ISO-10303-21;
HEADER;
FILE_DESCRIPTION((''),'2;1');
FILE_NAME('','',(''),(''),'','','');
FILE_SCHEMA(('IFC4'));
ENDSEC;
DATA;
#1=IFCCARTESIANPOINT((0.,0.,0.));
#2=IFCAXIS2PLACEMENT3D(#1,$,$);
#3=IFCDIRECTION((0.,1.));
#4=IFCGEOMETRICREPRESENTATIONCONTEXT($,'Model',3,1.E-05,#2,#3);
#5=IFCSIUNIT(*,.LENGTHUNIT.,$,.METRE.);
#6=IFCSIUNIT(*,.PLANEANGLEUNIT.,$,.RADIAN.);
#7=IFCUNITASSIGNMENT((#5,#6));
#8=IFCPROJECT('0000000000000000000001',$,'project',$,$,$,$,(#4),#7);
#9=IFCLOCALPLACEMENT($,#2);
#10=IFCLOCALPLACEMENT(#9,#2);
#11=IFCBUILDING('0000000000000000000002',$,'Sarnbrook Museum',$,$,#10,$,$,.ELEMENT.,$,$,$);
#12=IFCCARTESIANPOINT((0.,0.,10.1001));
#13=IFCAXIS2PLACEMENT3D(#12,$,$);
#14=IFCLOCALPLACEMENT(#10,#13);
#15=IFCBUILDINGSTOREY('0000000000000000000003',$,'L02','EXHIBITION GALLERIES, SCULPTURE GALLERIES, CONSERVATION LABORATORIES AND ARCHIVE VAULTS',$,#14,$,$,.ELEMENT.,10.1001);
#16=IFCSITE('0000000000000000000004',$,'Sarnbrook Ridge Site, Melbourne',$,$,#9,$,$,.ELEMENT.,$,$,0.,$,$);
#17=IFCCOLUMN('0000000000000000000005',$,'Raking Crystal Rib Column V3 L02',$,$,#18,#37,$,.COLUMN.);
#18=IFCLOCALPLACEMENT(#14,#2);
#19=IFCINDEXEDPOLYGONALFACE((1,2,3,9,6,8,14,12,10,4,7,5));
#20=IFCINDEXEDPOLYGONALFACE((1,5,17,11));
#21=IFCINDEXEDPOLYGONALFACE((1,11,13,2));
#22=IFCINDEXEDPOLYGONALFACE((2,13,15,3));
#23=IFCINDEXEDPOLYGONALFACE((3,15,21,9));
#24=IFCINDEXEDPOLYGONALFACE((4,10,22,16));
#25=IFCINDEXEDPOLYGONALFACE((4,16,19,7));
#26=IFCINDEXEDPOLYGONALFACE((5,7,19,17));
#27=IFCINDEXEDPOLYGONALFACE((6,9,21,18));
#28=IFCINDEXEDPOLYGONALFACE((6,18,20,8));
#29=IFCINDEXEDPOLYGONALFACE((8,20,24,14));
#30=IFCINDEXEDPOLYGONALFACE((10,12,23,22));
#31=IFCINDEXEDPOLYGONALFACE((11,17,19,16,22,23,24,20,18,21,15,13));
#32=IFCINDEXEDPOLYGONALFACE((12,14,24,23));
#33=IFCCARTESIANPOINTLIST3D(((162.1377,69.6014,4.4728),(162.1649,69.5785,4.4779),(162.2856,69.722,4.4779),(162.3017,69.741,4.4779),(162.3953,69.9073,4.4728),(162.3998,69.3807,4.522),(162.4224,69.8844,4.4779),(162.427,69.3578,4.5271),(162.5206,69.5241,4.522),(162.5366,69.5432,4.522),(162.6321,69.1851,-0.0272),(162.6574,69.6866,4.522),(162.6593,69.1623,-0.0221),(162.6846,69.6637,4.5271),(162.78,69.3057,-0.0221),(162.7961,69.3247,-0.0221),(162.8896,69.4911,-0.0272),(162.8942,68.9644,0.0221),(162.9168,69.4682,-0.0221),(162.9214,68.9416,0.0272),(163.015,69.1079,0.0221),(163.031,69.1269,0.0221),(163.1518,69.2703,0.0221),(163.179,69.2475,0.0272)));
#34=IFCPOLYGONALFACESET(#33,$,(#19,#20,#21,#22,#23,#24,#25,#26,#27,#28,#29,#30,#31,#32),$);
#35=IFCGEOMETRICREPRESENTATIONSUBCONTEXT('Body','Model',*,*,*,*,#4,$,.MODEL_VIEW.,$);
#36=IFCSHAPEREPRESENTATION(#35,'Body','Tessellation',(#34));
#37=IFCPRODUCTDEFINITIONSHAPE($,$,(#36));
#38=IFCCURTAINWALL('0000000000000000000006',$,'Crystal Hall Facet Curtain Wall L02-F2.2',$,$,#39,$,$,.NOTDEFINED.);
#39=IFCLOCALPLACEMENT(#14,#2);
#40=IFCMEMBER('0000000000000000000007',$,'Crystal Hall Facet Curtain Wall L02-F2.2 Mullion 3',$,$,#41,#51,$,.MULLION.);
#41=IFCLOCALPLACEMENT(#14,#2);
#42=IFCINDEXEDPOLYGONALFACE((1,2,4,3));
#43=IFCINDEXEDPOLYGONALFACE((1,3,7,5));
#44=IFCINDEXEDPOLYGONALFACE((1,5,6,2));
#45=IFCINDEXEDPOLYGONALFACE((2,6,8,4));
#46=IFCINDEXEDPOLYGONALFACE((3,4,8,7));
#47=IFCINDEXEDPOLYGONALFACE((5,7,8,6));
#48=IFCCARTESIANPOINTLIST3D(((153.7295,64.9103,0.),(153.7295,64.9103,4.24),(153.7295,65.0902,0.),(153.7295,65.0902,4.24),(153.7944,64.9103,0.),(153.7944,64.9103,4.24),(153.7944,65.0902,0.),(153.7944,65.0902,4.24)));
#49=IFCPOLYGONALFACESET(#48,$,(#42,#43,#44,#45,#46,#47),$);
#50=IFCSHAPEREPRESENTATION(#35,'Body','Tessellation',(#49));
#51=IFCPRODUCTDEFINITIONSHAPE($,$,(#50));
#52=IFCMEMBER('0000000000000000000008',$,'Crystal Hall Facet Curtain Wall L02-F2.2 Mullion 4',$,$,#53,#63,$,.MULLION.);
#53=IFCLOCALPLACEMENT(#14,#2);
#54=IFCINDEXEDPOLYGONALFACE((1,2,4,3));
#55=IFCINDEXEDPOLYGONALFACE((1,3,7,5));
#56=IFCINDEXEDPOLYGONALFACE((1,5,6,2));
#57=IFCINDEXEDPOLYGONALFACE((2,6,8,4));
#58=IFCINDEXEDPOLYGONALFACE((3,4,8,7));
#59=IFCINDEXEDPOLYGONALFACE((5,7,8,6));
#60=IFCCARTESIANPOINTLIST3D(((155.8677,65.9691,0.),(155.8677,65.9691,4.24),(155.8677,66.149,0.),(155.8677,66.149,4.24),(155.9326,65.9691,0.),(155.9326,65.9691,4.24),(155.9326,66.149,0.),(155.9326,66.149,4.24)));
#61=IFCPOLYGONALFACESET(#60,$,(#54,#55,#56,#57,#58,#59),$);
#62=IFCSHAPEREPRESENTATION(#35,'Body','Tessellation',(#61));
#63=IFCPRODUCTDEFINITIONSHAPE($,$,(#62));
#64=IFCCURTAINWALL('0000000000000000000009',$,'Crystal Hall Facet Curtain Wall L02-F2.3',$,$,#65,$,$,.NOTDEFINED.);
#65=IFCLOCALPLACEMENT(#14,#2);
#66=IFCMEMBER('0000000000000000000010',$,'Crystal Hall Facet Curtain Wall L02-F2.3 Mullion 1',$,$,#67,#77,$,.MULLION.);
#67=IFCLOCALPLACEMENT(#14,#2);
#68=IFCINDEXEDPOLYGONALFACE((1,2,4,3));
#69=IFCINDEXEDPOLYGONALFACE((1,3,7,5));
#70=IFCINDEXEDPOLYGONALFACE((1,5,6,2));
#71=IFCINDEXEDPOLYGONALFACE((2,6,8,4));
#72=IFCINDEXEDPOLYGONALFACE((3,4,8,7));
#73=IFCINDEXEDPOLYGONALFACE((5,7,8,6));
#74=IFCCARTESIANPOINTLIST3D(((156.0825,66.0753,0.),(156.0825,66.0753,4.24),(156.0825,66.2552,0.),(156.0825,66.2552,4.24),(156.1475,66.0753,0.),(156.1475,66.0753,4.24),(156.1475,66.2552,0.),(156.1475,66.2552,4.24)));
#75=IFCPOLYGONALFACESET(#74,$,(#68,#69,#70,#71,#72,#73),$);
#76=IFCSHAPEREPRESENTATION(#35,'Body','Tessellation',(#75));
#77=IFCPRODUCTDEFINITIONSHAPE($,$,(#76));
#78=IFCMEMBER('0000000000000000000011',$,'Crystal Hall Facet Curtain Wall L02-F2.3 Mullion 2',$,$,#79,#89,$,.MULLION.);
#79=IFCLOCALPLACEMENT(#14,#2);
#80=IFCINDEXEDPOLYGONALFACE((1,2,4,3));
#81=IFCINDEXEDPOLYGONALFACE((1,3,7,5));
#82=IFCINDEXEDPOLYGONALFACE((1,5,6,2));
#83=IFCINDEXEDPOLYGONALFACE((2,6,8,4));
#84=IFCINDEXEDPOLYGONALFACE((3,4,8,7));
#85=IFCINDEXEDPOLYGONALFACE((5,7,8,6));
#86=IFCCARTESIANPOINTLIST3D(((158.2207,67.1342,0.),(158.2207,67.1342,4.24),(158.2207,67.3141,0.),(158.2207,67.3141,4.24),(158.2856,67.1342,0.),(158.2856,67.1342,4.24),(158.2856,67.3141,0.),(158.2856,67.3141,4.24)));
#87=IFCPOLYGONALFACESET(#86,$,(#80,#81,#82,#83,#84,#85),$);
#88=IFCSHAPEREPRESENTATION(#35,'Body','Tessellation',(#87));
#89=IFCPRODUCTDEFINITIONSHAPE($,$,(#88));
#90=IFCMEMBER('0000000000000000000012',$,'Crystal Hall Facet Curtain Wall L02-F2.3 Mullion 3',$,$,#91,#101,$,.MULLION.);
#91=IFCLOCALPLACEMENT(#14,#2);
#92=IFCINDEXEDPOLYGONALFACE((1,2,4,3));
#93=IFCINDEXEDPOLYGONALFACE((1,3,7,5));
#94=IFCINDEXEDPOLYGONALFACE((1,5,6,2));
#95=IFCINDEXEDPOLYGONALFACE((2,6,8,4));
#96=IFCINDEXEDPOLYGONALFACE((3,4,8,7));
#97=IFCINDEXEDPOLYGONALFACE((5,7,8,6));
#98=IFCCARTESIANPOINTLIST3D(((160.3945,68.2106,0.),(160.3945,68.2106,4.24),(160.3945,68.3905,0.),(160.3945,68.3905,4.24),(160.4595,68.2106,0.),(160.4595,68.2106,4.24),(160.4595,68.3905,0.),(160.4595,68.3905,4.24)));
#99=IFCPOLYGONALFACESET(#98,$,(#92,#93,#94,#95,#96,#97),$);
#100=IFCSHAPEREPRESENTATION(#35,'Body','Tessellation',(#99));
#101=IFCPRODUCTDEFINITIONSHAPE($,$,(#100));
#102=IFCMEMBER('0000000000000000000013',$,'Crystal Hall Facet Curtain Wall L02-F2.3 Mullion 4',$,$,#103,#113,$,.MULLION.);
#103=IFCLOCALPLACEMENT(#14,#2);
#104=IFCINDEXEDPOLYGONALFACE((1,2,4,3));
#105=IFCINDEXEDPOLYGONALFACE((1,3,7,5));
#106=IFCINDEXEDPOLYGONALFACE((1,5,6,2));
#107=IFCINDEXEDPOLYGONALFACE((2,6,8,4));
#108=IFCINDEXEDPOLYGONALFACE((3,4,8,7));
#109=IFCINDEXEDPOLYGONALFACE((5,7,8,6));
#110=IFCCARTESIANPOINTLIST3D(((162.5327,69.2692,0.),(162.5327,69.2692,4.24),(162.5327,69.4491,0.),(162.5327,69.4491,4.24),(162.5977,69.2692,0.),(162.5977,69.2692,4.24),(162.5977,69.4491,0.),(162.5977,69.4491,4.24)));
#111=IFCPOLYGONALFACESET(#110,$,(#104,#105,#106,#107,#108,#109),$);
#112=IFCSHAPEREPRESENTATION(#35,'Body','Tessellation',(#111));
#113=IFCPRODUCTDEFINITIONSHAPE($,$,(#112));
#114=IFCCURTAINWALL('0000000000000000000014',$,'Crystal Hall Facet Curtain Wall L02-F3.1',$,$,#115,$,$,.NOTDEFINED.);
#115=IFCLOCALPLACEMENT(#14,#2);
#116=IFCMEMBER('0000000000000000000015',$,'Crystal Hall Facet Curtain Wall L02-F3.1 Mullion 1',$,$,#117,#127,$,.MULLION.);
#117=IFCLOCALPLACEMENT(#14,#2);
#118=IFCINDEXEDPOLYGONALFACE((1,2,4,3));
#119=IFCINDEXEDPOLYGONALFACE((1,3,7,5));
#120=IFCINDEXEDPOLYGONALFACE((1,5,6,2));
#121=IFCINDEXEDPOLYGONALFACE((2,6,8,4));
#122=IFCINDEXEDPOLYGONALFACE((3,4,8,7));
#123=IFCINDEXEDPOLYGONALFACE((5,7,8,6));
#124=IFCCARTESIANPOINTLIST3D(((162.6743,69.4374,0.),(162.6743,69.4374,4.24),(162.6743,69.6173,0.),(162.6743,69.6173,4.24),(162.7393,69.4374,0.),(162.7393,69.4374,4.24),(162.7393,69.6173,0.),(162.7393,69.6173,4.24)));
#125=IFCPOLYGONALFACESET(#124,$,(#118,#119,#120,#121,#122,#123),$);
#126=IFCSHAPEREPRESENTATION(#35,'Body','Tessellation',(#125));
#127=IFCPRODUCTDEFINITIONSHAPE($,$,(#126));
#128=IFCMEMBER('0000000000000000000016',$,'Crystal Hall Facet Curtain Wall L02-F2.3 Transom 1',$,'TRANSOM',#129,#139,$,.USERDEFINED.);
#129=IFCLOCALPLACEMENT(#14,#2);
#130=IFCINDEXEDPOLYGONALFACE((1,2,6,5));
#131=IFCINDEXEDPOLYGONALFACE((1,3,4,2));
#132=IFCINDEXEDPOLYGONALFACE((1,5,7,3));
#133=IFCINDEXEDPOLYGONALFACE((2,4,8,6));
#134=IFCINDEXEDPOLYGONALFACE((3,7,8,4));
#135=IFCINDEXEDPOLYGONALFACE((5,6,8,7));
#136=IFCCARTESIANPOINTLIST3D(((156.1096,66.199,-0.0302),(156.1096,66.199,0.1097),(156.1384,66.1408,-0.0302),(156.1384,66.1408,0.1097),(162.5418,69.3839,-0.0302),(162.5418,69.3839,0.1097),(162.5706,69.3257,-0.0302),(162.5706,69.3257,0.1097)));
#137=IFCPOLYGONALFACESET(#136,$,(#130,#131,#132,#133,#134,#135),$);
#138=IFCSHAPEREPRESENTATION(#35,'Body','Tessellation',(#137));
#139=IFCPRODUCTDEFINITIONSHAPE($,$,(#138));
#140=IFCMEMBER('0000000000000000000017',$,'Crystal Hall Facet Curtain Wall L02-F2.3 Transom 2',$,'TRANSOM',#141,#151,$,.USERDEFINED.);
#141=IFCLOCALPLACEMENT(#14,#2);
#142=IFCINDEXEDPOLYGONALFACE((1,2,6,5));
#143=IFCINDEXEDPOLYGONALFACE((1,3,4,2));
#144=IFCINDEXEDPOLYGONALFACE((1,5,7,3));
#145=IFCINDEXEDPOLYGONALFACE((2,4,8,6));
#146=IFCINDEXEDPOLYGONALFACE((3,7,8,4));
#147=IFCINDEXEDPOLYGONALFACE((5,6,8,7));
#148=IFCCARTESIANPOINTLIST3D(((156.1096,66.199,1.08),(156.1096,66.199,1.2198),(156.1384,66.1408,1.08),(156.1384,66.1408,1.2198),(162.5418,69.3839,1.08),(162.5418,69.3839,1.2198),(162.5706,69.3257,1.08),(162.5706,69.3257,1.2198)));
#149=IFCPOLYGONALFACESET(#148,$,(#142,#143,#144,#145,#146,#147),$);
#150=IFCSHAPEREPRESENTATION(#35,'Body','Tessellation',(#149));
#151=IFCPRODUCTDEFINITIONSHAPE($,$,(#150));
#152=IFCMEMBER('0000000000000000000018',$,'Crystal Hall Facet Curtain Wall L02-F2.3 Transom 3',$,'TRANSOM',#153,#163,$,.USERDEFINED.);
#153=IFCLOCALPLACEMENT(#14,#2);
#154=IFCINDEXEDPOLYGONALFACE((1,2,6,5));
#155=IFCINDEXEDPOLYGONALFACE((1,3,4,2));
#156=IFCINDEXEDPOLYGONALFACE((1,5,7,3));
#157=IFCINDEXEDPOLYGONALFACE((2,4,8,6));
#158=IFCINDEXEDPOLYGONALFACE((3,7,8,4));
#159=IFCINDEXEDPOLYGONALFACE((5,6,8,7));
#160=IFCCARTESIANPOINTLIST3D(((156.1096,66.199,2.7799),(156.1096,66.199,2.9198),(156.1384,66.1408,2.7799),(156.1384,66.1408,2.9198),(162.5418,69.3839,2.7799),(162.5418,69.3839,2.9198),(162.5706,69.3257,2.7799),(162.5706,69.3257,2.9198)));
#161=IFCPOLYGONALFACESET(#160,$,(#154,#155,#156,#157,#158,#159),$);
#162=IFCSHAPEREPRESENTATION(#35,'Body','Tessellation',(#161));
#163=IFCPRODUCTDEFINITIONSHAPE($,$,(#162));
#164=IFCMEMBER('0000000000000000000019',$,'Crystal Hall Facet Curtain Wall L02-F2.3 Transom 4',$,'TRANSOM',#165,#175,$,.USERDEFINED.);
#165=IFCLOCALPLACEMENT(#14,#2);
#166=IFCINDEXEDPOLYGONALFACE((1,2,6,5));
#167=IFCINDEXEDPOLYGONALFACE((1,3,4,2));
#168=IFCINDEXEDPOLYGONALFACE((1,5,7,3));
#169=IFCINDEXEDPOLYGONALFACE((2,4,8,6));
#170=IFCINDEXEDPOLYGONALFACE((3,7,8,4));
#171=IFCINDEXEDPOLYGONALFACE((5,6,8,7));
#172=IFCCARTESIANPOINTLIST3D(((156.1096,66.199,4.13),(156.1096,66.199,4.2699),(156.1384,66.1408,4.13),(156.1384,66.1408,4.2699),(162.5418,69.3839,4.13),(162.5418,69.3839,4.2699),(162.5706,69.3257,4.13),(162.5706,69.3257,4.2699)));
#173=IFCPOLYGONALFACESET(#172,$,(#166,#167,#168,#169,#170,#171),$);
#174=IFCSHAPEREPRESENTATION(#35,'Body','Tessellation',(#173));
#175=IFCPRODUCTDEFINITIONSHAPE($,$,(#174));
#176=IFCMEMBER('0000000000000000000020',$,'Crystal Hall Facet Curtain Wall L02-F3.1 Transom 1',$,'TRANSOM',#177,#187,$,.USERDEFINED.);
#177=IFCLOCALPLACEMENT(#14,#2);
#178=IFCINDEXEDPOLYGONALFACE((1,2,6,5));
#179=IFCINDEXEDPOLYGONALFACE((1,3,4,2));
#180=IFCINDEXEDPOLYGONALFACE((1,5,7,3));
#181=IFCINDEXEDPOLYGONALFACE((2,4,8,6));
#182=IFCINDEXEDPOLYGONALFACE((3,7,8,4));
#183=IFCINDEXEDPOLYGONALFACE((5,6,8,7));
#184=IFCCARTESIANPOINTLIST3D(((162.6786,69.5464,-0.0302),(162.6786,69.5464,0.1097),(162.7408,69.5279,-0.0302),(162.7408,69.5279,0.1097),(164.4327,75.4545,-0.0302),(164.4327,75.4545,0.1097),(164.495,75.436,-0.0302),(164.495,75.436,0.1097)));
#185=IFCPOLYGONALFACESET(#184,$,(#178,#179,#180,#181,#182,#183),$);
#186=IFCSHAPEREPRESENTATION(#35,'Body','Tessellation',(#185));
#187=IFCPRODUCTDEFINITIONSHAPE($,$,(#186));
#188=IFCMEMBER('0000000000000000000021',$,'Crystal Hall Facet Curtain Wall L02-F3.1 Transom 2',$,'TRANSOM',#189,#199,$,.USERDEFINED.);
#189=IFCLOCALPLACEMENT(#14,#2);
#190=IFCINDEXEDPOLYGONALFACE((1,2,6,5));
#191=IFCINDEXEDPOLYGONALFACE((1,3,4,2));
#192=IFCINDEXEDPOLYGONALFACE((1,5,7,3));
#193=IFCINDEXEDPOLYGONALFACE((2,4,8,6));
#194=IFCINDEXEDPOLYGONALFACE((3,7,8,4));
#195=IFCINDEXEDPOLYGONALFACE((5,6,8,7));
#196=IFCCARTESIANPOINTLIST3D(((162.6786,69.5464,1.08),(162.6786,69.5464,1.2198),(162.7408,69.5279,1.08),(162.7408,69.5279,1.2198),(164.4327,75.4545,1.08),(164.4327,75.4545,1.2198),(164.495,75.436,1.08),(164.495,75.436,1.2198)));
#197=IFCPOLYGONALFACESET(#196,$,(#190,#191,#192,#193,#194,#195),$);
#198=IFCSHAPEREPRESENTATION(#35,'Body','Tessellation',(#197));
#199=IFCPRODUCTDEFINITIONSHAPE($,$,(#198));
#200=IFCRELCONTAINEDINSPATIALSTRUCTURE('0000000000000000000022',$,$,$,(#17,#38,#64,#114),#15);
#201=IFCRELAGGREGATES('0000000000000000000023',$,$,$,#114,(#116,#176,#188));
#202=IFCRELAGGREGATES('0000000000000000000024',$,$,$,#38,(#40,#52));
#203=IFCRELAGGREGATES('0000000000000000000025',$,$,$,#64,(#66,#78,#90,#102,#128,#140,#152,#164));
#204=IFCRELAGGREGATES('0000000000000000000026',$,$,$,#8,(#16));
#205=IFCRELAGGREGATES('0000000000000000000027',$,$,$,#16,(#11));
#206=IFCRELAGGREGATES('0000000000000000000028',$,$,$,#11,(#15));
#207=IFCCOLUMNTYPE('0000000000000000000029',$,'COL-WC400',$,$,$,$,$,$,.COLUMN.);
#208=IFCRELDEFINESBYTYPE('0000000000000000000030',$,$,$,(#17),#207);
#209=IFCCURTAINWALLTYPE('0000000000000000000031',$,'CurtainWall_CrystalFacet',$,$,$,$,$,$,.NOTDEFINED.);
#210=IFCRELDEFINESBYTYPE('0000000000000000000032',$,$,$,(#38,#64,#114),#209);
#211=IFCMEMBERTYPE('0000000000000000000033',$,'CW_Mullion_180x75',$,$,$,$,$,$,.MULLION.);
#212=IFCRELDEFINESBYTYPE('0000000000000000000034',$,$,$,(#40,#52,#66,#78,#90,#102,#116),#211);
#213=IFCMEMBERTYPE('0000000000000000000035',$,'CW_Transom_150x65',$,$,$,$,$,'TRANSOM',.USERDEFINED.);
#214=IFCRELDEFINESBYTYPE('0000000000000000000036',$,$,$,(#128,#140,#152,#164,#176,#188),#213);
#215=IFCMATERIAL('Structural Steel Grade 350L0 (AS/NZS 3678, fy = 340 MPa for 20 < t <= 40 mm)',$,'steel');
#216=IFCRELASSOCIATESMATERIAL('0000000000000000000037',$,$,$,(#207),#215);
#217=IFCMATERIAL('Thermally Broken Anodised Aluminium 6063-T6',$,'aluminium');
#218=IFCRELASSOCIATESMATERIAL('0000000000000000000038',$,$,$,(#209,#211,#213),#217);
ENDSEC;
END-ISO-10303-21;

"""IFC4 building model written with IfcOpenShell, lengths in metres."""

from ifc_helpers import new_model, si_unit, direction, frame, origin, origin_2d, place, context, subcontext, project, spatial, rectangle, i_section, extrude, material, material_profile, profile_set, type_object, element, aggregate, save


model = new_model("IFC4")

# Units and contexts
model_context = context("Model", 3, precision=1e-05, world=origin(), true_north=direction((0.0, 1.0)))
body_context = subcontext(model_context, "Body", "Model", "MODEL_VIEW")
ifc_project = project(units=[si_unit("LENGTHUNIT", "METRE"), si_unit("PLANEANGLEUNIT", "RADIAN")], contexts=[model_context])

# Site, building, storey
site_placement = place(None, origin())
site = spatial("IfcSite", under=ifc_project, at=site_placement, Name="Sarnbrook Ridge Site, Melbourne", CompositionType="ELEMENT", RefElevation=0.0)
building_placement = place(site_placement, origin())
building = spatial("IfcBuilding", under=site, at=building_placement, Name="Sarnbrook Museum", CompositionType="ELEMENT")
storey_placement = place(building_placement, frame((0.0, 0.0, 10.1001)))
storey = spatial("IfcBuildingStorey", under=building, at=storey_placement, Name="L02", Description="EXHIBITION GALLERIES, SCULPTURE GALLERIES, CONSERVATION LABORATORIES AND ARCHIVE VAULTS", CompositionType="ELEMENT", Elevation=10.1001)

# Column
ifc_material_1 = material(Name="Structural Steel Grade 350L0 (AS/NZS 3678, fy = 340 MPa for 20 < t <= 40 mm)", Category="steel")
ifc_material_profile_1 = material_profile(ifc_material_1, i_section(OverallWidth=0.3999, OverallDepth=0.3821, WebThickness=0.0249, FlangeThickness=0.0359, at=origin_2d()), Name="400WC270")
ifc_profile_set_1 = profile_set([ifc_material_profile_1], Name="Structural Steel Grade 350L0 (AS/NZS 3678, fy = 340 MPa for 20 < t <= 40 mm)")
column_type = type_object("IfcColumnType", Name="COL-WC400", PredefinedType="COLUMN", material=ifc_profile_set_1)
column_placement = place(storey_placement, frame((162.9055, 69.2163, 0.0), z_axis=(-0.108747, 0.091563, 0.989844), x_axis=(-0.644078, -0.76496, 0.0)))
element("IfcColumn", 1, at=column_placement, inside=storey, type_object=column_type, Name="Raking Crystal Rib Column V3 L02", PredefinedType="COLUMN", context=body_context, shape_type="SweptSolid", body=[
    extrude(i_section(OverallWidth=0.3999, OverallDepth=0.3821, WebThickness=0.0249, FlangeThickness=0.0359, at=origin_2d()), origin(), (0.0, 0.0, 1.0), 4.5461),
])

# Curtain walls, members
ifc_material_2 = material(Name="Thermally Broken Anodised Aluminium 6063-T6", Category="aluminium")
curtain_wall_type = type_object("IfcCurtainWallType", Name="CurtainWall_CrystalFacet", PredefinedType="NOTDEFINED", material=ifc_material_2)
curtain_wall_1_placement = place(storey_placement, origin())
curtain_wall_1 = element("IfcCurtainWall", 2, at=curtain_wall_1_placement, inside=storey, type_object=curtain_wall_type, Name="Crystal Hall Facet Curtain Wall L02-F2.2", PredefinedType="NOTDEFINED")
ifc_material_profile_2 = material_profile(ifc_material_2, rectangle(XDim=0.0649, YDim=0.1799, at=origin_2d()), Name="ALU MULLION 65x180")
ifc_profile_set_2 = profile_set([ifc_material_profile_2], Name="Thermally Broken Anodised Aluminium 6063-T6")
member_type_1 = type_object("IfcMemberType", Name="CW_Mullion_180x75", PredefinedType="MULLION", material=ifc_profile_set_2)
member_1_placement = place(storey_placement, frame((153.762, 65.0002, 0.0), z_axis=(0.0, 0.0, 1.0), x_axis=(1.0, 0.0, 0.0)))
member_1 = element("IfcMember", 3, at=member_1_placement, type_object=member_type_1, Name="Crystal Hall Facet Curtain Wall L02-F2.2 Mullion 3", PredefinedType="MULLION", context=body_context, shape_type="SweptSolid", body=[
    extrude(rectangle(XDim=0.0649, YDim=0.1799, at=origin_2d()), origin(), (0.0, 0.0, 1.0), 4.24),
])
member_2_placement = place(storey_placement, frame((155.9001, 66.0591, 0.0), z_axis=(0.0, 0.0, 1.0), x_axis=(1.0, 0.0, 0.0)))
member_2 = element("IfcMember", 4, at=member_2_placement, type_object=member_type_1, Name="Crystal Hall Facet Curtain Wall L02-F2.2 Mullion 4", PredefinedType="MULLION", context=body_context, shape_type="SweptSolid", body=[
    extrude(rectangle(XDim=0.0649, YDim=0.1799, at=origin_2d()), origin(), (0.0, 0.0, 1.0), 4.24),
])
curtain_wall_2_placement = place(storey_placement, origin())
curtain_wall_2 = element("IfcCurtainWall", 5, at=curtain_wall_2_placement, inside=storey, type_object=curtain_wall_type, Name="Crystal Hall Facet Curtain Wall L02-F2.3", PredefinedType="NOTDEFINED")
member_3_placement = place(storey_placement, frame((156.115, 66.1653, 0.0), z_axis=(0.0, 0.0, 1.0), x_axis=(1.0, 0.0, 0.0)))
member_3 = element("IfcMember", 6, at=member_3_placement, type_object=member_type_1, Name="Crystal Hall Facet Curtain Wall L02-F2.3 Mullion 1", PredefinedType="MULLION", context=body_context, shape_type="SweptSolid", body=[
    extrude(rectangle(XDim=0.0649, YDim=0.1799, at=origin_2d()), origin(), (0.0, 0.0, 1.0), 4.24),
])
member_4_placement = place(storey_placement, frame((158.2532, 67.2241, 0.0), z_axis=(0.0, 0.0, 1.0), x_axis=(1.0, 0.0, 0.0)))
member_4 = element("IfcMember", 7, at=member_4_placement, type_object=member_type_1, Name="Crystal Hall Facet Curtain Wall L02-F2.3 Mullion 2", PredefinedType="MULLION", context=body_context, shape_type="SweptSolid", body=[
    extrude(rectangle(XDim=0.0649, YDim=0.1799, at=origin_2d()), origin(), (0.0, 0.0, 1.0), 4.24),
])
member_5_placement = place(storey_placement, frame((160.427, 68.3005, 0.0), z_axis=(0.0, 0.0, 1.0), x_axis=(1.0, 0.0, 0.0)))
member_5 = element("IfcMember", 8, at=member_5_placement, type_object=member_type_1, Name="Crystal Hall Facet Curtain Wall L02-F2.3 Mullion 3", PredefinedType="MULLION", context=body_context, shape_type="SweptSolid", body=[
    extrude(rectangle(XDim=0.0649, YDim=0.1799, at=origin_2d()), origin(), (0.0, 0.0, 1.0), 4.24),
])
member_6_placement = place(storey_placement, frame((162.5652, 69.3591, 0.0), z_axis=(0.0, 0.0, 1.0), x_axis=(1.0, 0.0, 0.0)))
member_6 = element("IfcMember", 9, at=member_6_placement, type_object=member_type_1, Name="Crystal Hall Facet Curtain Wall L02-F2.3 Mullion 4", PredefinedType="MULLION", context=body_context, shape_type="SweptSolid", body=[
    extrude(rectangle(XDim=0.0649, YDim=0.1799, at=origin_2d()), origin(), (0.0, 0.0, 1.0), 4.24),
])

# Curtain wall, member
curtain_wall_3_placement = place(storey_placement, origin())
curtain_wall_3 = element("IfcCurtainWall", 10, at=curtain_wall_3_placement, inside=storey, type_object=curtain_wall_type, Name="Crystal Hall Facet Curtain Wall L02-F3.1", PredefinedType="NOTDEFINED")
member_7_placement = place(storey_placement, frame((162.7068, 69.5273, 0.0), z_axis=(0.0, 0.0, 1.0), x_axis=(1.0, 0.0, 0.0)))
member_7 = element("IfcMember", 11, at=member_7_placement, type_object=member_type_1, Name="Crystal Hall Facet Curtain Wall L02-F3.1 Mullion 1", PredefinedType="MULLION", context=body_context, shape_type="SweptSolid", body=[
    extrude(rectangle(XDim=0.0649, YDim=0.1799, at=origin_2d()), origin(), (0.0, 0.0, 1.0), 4.24),
])

# Members
ifc_material_profile_3 = material_profile(ifc_material_2, rectangle(XDim=0.0649, YDim=0.1399, at=origin_2d()), Name="ALU TRANSOM 65x140")
ifc_profile_set_3 = profile_set([ifc_material_profile_3], Name="Thermally Broken Anodised Aluminium 6063-T6")
member_type_2 = type_object("IfcMemberType", Name="CW_Transom_150x65", ElementType="TRANSOM", PredefinedType="USERDEFINED", material=ifc_profile_set_3)
member_8_placement = place(storey_placement, frame((156.124, 66.1699, 0.0398), z_axis=(0.896162, 0.443727, 0.0), x_axis=(-0.443727, 0.896162, 0.0)))
member_8 = element("IfcMember", 12, at=member_8_placement, type_object=member_type_2, Name="Crystal Hall Facet Curtain Wall L02-F2.3 Transom 1", ObjectType="TRANSOM", PredefinedType="USERDEFINED", context=body_context, shape_type="SweptSolid", body=[
    extrude(rectangle(XDim=0.0649, YDim=0.1399, at=origin_2d()), origin(), (0.0, 0.0, 1.0), 7.1775),
])
member_9_placement = place(storey_placement, frame((156.124, 66.1699, 1.1499), z_axis=(0.896162, 0.443727, 0.0), x_axis=(-0.443727, 0.896162, 0.0)))
member_9 = element("IfcMember", 13, at=member_9_placement, type_object=member_type_2, Name="Crystal Hall Facet Curtain Wall L02-F2.3 Transom 2", ObjectType="TRANSOM", PredefinedType="USERDEFINED", context=body_context, shape_type="SweptSolid", body=[
    extrude(rectangle(XDim=0.0649, YDim=0.1399, at=origin_2d()), origin(), (0.0, 0.0, 1.0), 7.1775),
])
member_10_placement = place(storey_placement, frame((156.124, 66.1699, 2.8499), z_axis=(0.896162, 0.443727, 0.0), x_axis=(-0.443727, 0.896162, 0.0)))
member_10 = element("IfcMember", 14, at=member_10_placement, type_object=member_type_2, Name="Crystal Hall Facet Curtain Wall L02-F2.3 Transom 3", ObjectType="TRANSOM", PredefinedType="USERDEFINED", context=body_context, shape_type="SweptSolid", body=[
    extrude(rectangle(XDim=0.0649, YDim=0.1399, at=origin_2d()), origin(), (0.0, 0.0, 1.0), 7.1775),
])
member_11_placement = place(storey_placement, frame((156.124, 66.1699, 4.2), z_axis=(0.896162, 0.443727, 0.0), x_axis=(-0.443727, 0.896162, 0.0)))
member_11 = element("IfcMember", 15, at=member_11_placement, type_object=member_type_2, Name="Crystal Hall Facet Curtain Wall L02-F2.3 Transom 4", ObjectType="TRANSOM", PredefinedType="USERDEFINED", context=body_context, shape_type="SweptSolid", body=[
    extrude(rectangle(XDim=0.0649, YDim=0.1399, at=origin_2d()), origin(), (0.0, 0.0, 1.0), 7.1775),
])
member_12_placement = place(storey_placement, frame((162.7097, 69.5371, 0.0398), z_axis=(0.284621, 0.95864, 0.0), x_axis=(-0.95864, 0.284621, 0.0)))
member_12 = element("IfcMember", 16, at=member_12_placement, type_object=member_type_2, Name="Crystal Hall Facet Curtain Wall L02-F3.1 Transom 1", ObjectType="TRANSOM", PredefinedType="USERDEFINED", context=body_context, shape_type="SweptSolid", body=[
    extrude(rectangle(XDim=0.0649, YDim=0.1399, at=origin_2d()), origin(), (0.0, 0.0, 1.0), 6.1631),
])
member_13_placement = place(storey_placement, frame((162.7097, 69.5371, 1.1499), z_axis=(0.284621, 0.95864, 0.0), x_axis=(-0.95864, 0.284621, 0.0)))
member_13 = element("IfcMember", 17, at=member_13_placement, type_object=member_type_2, Name="Crystal Hall Facet Curtain Wall L02-F3.1 Transom 2", ObjectType="TRANSOM", PredefinedType="USERDEFINED", context=body_context, shape_type="SweptSolid", body=[
    extrude(rectangle(XDim=0.0649, YDim=0.1399, at=origin_2d()), origin(), (0.0, 0.0, 1.0), 6.1631),
])
aggregate(curtain_wall_3, [member_7, member_12, member_13])

aggregate(curtain_wall_1, [member_1, member_2])
aggregate(curtain_wall_2, [member_3, member_4, member_5, member_6, member_8, member_9, member_10, member_11])

save(model, "model.ifc")
